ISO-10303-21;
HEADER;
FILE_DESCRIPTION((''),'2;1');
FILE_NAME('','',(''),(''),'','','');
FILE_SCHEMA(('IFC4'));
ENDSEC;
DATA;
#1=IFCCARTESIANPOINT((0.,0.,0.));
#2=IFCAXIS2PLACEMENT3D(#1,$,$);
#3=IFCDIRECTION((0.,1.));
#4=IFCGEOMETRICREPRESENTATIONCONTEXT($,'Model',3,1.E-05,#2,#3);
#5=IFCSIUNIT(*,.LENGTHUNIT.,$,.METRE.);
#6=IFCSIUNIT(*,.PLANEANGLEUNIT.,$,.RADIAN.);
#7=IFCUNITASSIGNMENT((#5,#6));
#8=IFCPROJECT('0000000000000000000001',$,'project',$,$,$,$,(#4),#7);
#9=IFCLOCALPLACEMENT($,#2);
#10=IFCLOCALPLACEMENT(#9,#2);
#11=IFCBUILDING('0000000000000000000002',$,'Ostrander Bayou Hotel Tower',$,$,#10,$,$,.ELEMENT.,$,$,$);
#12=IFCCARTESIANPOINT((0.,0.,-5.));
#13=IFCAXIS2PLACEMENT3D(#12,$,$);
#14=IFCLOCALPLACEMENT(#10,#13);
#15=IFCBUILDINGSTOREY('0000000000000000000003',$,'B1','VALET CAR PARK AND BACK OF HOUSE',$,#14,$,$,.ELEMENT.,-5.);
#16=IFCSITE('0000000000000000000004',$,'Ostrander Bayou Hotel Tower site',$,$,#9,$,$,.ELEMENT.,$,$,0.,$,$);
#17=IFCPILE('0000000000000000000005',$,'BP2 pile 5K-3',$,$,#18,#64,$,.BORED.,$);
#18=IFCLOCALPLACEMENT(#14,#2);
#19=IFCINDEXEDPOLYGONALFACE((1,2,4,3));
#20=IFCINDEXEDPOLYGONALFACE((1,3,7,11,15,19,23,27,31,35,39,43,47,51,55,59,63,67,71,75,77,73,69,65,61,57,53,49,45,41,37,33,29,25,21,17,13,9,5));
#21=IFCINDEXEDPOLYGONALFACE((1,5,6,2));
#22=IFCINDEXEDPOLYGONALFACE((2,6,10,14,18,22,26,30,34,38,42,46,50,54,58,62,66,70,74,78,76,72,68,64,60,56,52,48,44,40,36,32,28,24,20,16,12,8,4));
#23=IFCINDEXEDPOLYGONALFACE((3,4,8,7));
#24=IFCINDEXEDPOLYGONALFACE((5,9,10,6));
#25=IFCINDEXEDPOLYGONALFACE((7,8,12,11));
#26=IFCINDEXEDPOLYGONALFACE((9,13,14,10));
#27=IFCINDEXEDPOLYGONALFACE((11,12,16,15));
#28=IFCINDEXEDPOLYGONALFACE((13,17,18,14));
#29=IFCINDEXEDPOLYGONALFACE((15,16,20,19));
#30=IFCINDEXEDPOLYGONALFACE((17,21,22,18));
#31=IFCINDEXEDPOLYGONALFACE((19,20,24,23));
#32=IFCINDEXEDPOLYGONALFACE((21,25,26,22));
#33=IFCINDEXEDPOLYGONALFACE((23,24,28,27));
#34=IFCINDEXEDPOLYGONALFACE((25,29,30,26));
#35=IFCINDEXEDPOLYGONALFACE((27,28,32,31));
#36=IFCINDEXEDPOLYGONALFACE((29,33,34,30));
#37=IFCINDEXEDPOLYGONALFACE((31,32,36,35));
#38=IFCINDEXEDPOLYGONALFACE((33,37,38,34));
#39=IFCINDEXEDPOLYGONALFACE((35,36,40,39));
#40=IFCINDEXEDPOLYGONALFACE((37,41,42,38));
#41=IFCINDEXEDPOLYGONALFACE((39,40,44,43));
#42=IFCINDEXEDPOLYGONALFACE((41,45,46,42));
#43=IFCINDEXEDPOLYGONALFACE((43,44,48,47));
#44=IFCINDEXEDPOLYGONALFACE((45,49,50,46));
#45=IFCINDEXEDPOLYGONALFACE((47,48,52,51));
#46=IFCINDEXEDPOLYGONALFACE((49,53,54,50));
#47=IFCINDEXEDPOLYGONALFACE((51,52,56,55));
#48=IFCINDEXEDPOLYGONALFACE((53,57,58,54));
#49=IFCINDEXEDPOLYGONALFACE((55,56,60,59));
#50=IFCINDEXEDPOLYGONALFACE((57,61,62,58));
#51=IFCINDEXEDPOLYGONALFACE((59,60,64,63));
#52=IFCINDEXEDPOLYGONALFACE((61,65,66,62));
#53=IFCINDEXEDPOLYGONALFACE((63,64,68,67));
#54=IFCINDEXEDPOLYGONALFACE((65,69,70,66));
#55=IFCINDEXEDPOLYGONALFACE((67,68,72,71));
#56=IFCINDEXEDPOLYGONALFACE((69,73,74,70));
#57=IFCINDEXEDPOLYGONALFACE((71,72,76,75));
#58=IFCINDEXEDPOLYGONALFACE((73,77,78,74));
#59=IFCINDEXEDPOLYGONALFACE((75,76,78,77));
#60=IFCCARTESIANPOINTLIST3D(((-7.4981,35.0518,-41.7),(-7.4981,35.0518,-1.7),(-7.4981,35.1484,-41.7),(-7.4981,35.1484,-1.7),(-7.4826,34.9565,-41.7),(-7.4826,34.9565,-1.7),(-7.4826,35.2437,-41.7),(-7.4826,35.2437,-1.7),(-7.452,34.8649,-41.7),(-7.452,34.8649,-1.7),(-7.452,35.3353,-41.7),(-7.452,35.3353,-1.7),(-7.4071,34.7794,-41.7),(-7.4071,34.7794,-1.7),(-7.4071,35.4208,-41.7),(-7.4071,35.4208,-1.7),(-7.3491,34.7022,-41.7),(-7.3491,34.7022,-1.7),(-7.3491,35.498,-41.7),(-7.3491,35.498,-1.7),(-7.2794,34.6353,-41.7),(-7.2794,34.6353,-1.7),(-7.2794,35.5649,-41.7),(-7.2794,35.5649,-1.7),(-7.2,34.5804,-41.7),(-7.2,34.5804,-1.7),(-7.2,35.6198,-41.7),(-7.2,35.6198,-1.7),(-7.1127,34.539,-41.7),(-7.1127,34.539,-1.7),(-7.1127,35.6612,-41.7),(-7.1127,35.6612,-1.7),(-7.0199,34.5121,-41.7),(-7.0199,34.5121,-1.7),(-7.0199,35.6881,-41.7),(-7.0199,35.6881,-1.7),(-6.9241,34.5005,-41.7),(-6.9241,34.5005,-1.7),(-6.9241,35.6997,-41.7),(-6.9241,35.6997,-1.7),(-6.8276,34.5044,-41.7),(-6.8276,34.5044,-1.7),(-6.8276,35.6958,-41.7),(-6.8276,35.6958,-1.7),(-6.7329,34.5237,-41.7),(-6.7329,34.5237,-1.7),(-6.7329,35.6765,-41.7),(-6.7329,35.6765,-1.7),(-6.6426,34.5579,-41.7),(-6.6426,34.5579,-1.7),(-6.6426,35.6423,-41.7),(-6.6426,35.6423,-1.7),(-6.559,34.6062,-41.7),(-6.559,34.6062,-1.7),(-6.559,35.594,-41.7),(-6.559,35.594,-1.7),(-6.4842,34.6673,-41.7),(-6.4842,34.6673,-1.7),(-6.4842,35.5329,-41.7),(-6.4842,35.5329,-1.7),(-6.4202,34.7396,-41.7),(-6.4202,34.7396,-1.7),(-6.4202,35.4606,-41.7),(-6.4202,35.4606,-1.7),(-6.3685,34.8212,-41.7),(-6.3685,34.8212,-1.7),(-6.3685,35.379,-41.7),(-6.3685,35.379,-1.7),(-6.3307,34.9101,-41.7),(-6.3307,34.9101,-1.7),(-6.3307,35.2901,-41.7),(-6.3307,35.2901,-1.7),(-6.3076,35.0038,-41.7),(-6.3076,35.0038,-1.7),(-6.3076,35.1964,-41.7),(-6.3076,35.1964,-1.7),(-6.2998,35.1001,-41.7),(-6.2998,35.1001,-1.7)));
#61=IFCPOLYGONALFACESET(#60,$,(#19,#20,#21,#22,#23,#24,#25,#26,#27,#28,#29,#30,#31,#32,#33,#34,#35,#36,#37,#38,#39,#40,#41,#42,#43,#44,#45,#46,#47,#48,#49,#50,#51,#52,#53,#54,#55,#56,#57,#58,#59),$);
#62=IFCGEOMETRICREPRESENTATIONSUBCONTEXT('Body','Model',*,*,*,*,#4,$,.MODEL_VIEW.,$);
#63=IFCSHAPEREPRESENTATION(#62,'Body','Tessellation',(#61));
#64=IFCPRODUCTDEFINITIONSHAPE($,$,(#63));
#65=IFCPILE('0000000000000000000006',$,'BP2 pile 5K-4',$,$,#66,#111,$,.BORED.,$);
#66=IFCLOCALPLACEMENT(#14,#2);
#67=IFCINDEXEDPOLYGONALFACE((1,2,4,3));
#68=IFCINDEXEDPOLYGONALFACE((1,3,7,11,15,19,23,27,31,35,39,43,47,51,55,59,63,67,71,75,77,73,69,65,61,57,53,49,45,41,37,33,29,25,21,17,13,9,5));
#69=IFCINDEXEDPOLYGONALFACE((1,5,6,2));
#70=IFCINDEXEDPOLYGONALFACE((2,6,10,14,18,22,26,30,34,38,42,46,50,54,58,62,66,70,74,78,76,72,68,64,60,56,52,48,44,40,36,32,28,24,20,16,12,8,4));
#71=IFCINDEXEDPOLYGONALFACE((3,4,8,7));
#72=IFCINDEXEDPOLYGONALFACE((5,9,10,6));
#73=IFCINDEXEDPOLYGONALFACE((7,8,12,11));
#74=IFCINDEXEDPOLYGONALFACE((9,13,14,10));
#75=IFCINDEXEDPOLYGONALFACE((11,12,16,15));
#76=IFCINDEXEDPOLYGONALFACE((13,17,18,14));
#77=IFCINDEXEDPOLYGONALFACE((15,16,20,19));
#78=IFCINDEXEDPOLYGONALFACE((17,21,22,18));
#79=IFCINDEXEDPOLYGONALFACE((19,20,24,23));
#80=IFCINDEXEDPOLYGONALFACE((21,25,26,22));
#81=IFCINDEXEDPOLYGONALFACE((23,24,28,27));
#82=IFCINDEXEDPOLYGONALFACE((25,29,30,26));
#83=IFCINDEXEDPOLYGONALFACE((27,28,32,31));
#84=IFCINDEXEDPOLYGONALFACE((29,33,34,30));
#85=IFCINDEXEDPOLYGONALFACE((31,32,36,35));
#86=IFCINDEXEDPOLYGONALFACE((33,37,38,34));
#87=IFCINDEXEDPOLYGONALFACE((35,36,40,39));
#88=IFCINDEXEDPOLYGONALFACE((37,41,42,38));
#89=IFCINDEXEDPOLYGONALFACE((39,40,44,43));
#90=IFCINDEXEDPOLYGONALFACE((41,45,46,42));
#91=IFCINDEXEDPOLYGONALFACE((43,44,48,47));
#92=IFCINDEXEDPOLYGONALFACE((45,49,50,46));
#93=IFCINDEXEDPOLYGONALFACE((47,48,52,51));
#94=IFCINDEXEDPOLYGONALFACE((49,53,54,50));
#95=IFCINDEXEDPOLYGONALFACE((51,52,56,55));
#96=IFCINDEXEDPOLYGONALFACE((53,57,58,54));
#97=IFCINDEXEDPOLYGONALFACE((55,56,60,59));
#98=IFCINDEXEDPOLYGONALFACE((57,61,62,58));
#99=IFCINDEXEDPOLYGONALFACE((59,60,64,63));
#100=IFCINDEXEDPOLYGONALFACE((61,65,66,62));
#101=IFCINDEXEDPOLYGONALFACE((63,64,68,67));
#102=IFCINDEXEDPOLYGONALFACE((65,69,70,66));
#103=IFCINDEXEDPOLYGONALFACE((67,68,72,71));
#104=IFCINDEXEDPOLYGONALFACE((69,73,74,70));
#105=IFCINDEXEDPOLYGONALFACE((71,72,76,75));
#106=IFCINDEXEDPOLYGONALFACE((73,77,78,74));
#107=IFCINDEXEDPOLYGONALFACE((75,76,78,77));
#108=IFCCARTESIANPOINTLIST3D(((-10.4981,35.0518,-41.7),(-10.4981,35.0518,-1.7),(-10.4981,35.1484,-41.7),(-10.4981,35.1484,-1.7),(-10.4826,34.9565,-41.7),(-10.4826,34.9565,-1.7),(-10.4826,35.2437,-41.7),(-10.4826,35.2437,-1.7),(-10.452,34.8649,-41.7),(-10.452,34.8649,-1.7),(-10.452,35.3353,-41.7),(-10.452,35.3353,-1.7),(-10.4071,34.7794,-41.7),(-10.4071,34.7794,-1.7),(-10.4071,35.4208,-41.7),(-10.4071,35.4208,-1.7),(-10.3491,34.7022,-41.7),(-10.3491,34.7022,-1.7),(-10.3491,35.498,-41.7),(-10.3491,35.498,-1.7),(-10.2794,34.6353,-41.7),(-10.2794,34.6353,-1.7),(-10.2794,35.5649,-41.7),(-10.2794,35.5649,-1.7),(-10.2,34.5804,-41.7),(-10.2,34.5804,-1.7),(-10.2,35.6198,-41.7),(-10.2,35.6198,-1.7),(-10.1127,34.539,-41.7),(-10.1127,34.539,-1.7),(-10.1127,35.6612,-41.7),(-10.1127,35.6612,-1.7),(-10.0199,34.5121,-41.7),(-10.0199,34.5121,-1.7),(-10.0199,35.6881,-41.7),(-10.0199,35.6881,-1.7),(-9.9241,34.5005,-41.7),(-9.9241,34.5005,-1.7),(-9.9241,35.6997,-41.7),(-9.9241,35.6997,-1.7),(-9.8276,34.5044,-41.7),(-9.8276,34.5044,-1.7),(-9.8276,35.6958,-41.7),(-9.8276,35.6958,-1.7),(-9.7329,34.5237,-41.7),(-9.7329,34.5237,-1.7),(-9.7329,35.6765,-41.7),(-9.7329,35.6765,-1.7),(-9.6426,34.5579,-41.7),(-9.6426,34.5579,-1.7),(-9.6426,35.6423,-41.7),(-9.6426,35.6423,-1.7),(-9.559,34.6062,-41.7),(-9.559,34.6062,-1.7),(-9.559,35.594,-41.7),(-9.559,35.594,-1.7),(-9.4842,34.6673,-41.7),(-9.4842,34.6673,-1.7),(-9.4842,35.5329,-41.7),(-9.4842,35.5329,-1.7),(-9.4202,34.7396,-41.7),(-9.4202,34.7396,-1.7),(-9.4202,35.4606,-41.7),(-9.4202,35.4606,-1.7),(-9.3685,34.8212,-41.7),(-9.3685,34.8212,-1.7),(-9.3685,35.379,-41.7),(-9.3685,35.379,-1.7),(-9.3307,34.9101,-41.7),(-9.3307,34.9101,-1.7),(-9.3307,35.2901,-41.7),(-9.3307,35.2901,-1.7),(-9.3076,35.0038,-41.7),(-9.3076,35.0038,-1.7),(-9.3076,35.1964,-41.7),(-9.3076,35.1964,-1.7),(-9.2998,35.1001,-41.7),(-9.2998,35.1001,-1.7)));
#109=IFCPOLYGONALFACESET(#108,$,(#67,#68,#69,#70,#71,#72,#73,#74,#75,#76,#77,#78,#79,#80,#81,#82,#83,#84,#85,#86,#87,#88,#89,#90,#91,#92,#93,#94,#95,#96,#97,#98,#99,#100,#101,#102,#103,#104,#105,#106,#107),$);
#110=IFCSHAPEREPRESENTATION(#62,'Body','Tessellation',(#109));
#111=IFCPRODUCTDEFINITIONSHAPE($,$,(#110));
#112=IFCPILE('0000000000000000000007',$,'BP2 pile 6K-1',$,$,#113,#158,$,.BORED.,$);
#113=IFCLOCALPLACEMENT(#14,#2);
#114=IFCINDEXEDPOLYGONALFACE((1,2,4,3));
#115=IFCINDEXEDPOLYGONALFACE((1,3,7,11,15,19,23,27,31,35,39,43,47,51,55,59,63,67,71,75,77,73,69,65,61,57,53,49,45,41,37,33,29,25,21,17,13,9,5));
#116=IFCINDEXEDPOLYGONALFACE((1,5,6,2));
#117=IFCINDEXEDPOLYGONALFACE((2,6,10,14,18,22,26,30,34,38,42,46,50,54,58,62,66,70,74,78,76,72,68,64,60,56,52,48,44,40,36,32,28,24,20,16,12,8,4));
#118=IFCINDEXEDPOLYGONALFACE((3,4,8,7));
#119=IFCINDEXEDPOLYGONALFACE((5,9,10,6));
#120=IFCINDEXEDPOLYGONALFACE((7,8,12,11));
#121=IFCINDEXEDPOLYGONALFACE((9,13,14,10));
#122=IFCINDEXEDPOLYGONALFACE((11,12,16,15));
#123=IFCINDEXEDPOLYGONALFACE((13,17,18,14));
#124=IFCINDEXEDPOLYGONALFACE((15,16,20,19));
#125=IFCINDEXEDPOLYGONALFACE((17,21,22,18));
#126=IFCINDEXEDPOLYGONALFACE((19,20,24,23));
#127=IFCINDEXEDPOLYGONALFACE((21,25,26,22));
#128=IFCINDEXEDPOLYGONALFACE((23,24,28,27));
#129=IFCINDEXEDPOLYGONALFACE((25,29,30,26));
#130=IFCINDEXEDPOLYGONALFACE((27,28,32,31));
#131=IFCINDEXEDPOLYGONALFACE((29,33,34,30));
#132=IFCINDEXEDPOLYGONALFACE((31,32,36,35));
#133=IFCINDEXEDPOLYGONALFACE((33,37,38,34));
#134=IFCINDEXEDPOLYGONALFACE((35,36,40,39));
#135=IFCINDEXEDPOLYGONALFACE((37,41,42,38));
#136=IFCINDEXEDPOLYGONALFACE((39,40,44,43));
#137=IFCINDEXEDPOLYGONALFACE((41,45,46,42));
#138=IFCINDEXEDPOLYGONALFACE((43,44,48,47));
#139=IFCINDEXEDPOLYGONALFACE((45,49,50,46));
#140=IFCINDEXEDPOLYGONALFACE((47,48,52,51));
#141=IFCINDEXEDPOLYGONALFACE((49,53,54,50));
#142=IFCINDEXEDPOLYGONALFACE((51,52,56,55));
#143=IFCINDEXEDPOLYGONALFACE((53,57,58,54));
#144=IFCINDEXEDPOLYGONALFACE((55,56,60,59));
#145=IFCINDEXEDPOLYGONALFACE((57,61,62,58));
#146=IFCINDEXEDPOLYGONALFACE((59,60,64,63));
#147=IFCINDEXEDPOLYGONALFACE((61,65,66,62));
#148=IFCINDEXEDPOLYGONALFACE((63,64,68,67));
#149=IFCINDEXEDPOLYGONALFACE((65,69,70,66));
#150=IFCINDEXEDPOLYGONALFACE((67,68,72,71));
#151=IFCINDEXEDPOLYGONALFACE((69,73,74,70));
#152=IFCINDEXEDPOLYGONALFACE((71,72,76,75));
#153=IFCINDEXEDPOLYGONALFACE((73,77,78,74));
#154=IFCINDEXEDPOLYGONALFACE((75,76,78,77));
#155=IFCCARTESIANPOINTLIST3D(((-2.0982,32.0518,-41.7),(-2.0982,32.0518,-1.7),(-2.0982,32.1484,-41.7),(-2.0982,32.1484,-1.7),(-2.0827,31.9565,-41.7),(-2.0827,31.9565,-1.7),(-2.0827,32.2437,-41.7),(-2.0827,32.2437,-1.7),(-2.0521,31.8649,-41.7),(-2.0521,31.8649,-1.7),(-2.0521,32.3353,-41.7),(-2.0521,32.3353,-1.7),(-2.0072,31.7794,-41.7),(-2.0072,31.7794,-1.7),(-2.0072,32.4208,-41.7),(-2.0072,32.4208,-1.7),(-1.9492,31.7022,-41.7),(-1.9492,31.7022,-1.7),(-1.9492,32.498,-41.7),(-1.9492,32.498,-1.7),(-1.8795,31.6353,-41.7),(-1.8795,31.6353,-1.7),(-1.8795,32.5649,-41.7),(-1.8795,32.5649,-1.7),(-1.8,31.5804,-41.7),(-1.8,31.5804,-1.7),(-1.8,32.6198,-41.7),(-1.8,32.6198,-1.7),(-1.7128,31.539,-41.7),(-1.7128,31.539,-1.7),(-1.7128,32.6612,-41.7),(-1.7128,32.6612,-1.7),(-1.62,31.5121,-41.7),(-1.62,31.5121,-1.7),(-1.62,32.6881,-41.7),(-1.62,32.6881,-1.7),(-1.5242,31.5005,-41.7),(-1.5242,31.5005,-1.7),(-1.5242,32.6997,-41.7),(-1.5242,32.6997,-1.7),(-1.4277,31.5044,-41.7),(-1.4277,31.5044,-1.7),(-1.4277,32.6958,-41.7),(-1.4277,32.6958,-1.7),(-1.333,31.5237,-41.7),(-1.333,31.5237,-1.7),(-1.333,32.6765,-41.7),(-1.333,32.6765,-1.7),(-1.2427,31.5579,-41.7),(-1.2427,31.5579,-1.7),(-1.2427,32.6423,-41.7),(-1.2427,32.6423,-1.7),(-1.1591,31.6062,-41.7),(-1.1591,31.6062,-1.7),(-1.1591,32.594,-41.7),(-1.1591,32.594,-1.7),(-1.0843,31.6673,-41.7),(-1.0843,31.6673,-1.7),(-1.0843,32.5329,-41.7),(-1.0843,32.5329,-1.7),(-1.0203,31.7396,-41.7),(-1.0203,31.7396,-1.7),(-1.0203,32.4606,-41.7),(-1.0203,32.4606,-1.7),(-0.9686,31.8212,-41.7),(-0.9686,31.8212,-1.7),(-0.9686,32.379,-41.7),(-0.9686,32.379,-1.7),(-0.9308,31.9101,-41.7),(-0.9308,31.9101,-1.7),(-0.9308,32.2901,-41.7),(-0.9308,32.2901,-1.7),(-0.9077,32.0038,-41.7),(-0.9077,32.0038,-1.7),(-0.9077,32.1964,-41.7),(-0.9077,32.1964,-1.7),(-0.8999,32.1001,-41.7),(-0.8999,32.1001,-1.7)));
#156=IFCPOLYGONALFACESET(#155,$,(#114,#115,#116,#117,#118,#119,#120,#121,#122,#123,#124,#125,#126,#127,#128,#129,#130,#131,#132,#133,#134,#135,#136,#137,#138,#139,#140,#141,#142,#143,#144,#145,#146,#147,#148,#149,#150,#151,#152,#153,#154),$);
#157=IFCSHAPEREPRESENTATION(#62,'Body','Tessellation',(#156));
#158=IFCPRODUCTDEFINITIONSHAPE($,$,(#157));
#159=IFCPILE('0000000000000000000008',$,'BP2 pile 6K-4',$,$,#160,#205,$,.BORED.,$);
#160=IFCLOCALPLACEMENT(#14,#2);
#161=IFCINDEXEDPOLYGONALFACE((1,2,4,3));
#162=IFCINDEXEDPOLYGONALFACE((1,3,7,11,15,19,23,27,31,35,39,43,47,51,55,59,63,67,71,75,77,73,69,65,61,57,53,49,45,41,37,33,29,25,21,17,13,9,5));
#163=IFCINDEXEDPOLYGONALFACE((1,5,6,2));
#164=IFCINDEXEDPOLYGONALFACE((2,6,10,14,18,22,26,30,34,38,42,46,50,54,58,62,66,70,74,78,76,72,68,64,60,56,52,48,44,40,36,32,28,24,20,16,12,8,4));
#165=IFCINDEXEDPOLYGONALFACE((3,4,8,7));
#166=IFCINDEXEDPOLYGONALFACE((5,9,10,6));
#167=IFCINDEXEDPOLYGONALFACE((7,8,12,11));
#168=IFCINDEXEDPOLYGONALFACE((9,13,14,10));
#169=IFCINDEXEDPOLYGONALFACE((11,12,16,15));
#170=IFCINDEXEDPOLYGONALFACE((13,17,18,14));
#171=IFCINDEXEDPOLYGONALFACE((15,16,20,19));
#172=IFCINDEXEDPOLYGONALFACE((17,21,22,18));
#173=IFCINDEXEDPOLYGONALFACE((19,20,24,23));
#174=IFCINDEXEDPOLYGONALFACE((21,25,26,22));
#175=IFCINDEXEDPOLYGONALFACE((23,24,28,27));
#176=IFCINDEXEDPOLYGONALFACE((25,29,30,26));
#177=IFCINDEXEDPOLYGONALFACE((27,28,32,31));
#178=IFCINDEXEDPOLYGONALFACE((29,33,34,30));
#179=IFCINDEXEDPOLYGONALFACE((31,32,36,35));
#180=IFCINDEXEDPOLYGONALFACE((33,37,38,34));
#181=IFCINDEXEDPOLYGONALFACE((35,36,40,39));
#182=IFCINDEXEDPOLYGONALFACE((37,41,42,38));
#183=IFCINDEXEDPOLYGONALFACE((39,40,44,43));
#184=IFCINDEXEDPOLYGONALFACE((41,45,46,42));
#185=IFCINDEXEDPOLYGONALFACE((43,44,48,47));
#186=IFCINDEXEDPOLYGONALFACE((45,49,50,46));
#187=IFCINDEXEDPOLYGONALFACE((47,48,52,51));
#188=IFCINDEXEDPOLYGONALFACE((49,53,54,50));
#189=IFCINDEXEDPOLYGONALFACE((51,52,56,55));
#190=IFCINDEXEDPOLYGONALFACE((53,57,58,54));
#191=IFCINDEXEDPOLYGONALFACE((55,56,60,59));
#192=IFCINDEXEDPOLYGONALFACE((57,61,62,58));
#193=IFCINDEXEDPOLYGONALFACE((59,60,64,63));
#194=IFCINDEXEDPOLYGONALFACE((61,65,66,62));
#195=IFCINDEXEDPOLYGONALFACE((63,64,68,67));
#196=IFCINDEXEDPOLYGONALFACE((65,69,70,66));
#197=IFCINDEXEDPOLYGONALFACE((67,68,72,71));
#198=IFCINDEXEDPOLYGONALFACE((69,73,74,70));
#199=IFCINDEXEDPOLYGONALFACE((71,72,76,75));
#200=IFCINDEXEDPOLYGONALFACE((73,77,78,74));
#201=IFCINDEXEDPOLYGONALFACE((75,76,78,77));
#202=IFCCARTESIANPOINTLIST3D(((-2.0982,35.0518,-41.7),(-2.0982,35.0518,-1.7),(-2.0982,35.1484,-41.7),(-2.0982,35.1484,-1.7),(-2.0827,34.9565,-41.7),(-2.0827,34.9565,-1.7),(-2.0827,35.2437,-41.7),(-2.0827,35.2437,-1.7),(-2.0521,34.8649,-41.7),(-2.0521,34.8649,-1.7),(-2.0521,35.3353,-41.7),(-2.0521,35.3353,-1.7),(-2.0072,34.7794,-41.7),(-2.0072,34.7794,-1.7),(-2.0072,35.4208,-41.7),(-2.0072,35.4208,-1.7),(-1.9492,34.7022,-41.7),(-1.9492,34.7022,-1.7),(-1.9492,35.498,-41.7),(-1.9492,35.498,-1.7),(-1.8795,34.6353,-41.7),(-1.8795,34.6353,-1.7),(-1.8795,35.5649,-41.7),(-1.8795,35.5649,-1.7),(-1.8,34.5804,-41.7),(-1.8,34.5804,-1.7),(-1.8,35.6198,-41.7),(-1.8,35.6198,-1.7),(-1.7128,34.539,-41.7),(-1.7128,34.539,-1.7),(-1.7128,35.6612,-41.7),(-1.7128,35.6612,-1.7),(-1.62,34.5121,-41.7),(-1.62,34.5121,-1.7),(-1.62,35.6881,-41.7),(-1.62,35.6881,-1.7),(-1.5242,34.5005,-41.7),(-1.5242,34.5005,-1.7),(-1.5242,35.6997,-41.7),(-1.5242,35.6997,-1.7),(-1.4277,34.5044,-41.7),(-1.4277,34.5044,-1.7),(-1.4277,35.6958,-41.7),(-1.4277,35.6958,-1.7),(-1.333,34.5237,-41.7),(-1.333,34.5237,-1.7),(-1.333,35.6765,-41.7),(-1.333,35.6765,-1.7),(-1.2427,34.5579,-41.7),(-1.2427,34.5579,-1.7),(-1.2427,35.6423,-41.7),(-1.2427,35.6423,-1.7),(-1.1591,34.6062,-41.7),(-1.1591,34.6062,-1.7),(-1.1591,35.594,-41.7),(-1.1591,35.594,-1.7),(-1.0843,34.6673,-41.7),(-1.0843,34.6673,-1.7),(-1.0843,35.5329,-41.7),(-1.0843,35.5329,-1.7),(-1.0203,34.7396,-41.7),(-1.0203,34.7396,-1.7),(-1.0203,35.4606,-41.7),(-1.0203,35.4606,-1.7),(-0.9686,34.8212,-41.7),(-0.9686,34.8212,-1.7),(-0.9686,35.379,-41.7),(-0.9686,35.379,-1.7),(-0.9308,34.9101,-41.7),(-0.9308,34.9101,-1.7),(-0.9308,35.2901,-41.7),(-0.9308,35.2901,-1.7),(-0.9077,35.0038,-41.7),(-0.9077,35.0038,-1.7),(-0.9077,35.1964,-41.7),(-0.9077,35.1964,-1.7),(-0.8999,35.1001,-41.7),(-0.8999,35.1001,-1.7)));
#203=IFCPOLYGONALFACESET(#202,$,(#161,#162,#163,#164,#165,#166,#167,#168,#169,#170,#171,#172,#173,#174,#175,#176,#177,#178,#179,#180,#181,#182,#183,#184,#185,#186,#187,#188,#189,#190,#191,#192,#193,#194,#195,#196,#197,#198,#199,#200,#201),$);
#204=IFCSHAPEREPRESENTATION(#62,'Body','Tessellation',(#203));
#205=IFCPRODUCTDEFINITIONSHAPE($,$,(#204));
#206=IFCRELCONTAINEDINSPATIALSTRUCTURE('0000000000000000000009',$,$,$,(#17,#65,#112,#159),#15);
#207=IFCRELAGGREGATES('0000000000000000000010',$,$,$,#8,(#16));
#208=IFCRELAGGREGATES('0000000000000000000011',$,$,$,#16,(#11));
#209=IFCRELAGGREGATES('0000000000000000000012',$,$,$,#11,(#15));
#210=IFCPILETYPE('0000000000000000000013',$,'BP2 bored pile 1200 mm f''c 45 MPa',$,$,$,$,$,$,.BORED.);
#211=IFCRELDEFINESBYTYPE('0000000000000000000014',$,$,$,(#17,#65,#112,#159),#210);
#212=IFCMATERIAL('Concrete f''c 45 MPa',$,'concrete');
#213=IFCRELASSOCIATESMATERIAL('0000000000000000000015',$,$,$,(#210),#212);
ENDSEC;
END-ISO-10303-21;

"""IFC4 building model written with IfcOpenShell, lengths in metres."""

from ifc_helpers import new_model, si_unit, direction, frame, origin, origin_2d, place, context, subcontext, project, spatial, circle, extrude, material, material_profile, profile_set, type_object, element, save


model = new_model("IFC4")

# Units and contexts
model_context = context("Model", 3, precision=1e-05, world=origin(), true_north=direction((0.0, 1.0)))
body_context = subcontext(model_context, "Body", "Model", "MODEL_VIEW")
ifc_project = project(units=[si_unit("LENGTHUNIT", "METRE"), si_unit("PLANEANGLEUNIT", "RADIAN")], contexts=[model_context])

# Site, building, storey
site_placement = place(None, origin())
site = spatial("IfcSite", under=ifc_project, at=site_placement, Name="Ostrander Bayou Hotel Tower site", CompositionType="ELEMENT", RefElevation=0.0)
building_placement = place(site_placement, origin())
building = spatial("IfcBuilding", under=site, at=building_placement, Name="Ostrander Bayou Hotel Tower", CompositionType="ELEMENT")
storey_placement = place(building_placement, frame((0.0, 0.0, -5.0)))
storey = spatial("IfcBuildingStorey", under=building, at=storey_placement, Name="B1", Description="VALET CAR PARK AND BACK OF HOUSE", CompositionType="ELEMENT", Elevation=-5.0)

# Piles
ifc_material_1 = material(Name="Concrete f'c 45 MPa", Category="concrete")
ifc_material_profile_1 = material_profile(ifc_material_1, circle(Radius=0.6001, at=origin_2d()))
ifc_profile_set_1 = profile_set([ifc_material_profile_1], Name="Concrete f'c 45 MPa")
pile_type_1 = type_object("IfcPileType", Name="BP2 bored pile 1200 mm f'c 45 MPa", PredefinedType="BORED", material=ifc_profile_set_1)
for number, where, z_axis, x_axis, name in (
    (1, (-6.8999, 35.1001, -1.7), (0.0, 0.0, -1.0), (1.0, 0.0, 0.0), "BP2 pile 5K-3"),
    (2, (-9.8999, 35.1001, -1.7), (0.0, 0.0, -1.0), (1.0, 0.0, 0.0), "BP2 pile 5K-4"),
    (3, (-1.5, 32.1001, -1.7), (0.0, 0.0, -1.0), (1.0, 0.0, 0.0), "BP2 pile 6K-1"),
    (4, (-1.5, 35.1001, -1.7), (0.0, 0.0, -1.0), (1.0, 0.0, 0.0), "BP2 pile 6K-4"),
):
    element("IfcPile", number, at=place(storey_placement, frame(where, z_axis=z_axis, x_axis=x_axis)), inside=storey, type_object=pile_type_1, Name=name, PredefinedType="BORED", context=body_context, shape_type="SweptSolid", body=[
        extrude(circle(Radius=0.6001, at=origin_2d()), origin(), (0.0, 0.0, 1.0), 40.0),
    ])

save(model, "model.ifc")
